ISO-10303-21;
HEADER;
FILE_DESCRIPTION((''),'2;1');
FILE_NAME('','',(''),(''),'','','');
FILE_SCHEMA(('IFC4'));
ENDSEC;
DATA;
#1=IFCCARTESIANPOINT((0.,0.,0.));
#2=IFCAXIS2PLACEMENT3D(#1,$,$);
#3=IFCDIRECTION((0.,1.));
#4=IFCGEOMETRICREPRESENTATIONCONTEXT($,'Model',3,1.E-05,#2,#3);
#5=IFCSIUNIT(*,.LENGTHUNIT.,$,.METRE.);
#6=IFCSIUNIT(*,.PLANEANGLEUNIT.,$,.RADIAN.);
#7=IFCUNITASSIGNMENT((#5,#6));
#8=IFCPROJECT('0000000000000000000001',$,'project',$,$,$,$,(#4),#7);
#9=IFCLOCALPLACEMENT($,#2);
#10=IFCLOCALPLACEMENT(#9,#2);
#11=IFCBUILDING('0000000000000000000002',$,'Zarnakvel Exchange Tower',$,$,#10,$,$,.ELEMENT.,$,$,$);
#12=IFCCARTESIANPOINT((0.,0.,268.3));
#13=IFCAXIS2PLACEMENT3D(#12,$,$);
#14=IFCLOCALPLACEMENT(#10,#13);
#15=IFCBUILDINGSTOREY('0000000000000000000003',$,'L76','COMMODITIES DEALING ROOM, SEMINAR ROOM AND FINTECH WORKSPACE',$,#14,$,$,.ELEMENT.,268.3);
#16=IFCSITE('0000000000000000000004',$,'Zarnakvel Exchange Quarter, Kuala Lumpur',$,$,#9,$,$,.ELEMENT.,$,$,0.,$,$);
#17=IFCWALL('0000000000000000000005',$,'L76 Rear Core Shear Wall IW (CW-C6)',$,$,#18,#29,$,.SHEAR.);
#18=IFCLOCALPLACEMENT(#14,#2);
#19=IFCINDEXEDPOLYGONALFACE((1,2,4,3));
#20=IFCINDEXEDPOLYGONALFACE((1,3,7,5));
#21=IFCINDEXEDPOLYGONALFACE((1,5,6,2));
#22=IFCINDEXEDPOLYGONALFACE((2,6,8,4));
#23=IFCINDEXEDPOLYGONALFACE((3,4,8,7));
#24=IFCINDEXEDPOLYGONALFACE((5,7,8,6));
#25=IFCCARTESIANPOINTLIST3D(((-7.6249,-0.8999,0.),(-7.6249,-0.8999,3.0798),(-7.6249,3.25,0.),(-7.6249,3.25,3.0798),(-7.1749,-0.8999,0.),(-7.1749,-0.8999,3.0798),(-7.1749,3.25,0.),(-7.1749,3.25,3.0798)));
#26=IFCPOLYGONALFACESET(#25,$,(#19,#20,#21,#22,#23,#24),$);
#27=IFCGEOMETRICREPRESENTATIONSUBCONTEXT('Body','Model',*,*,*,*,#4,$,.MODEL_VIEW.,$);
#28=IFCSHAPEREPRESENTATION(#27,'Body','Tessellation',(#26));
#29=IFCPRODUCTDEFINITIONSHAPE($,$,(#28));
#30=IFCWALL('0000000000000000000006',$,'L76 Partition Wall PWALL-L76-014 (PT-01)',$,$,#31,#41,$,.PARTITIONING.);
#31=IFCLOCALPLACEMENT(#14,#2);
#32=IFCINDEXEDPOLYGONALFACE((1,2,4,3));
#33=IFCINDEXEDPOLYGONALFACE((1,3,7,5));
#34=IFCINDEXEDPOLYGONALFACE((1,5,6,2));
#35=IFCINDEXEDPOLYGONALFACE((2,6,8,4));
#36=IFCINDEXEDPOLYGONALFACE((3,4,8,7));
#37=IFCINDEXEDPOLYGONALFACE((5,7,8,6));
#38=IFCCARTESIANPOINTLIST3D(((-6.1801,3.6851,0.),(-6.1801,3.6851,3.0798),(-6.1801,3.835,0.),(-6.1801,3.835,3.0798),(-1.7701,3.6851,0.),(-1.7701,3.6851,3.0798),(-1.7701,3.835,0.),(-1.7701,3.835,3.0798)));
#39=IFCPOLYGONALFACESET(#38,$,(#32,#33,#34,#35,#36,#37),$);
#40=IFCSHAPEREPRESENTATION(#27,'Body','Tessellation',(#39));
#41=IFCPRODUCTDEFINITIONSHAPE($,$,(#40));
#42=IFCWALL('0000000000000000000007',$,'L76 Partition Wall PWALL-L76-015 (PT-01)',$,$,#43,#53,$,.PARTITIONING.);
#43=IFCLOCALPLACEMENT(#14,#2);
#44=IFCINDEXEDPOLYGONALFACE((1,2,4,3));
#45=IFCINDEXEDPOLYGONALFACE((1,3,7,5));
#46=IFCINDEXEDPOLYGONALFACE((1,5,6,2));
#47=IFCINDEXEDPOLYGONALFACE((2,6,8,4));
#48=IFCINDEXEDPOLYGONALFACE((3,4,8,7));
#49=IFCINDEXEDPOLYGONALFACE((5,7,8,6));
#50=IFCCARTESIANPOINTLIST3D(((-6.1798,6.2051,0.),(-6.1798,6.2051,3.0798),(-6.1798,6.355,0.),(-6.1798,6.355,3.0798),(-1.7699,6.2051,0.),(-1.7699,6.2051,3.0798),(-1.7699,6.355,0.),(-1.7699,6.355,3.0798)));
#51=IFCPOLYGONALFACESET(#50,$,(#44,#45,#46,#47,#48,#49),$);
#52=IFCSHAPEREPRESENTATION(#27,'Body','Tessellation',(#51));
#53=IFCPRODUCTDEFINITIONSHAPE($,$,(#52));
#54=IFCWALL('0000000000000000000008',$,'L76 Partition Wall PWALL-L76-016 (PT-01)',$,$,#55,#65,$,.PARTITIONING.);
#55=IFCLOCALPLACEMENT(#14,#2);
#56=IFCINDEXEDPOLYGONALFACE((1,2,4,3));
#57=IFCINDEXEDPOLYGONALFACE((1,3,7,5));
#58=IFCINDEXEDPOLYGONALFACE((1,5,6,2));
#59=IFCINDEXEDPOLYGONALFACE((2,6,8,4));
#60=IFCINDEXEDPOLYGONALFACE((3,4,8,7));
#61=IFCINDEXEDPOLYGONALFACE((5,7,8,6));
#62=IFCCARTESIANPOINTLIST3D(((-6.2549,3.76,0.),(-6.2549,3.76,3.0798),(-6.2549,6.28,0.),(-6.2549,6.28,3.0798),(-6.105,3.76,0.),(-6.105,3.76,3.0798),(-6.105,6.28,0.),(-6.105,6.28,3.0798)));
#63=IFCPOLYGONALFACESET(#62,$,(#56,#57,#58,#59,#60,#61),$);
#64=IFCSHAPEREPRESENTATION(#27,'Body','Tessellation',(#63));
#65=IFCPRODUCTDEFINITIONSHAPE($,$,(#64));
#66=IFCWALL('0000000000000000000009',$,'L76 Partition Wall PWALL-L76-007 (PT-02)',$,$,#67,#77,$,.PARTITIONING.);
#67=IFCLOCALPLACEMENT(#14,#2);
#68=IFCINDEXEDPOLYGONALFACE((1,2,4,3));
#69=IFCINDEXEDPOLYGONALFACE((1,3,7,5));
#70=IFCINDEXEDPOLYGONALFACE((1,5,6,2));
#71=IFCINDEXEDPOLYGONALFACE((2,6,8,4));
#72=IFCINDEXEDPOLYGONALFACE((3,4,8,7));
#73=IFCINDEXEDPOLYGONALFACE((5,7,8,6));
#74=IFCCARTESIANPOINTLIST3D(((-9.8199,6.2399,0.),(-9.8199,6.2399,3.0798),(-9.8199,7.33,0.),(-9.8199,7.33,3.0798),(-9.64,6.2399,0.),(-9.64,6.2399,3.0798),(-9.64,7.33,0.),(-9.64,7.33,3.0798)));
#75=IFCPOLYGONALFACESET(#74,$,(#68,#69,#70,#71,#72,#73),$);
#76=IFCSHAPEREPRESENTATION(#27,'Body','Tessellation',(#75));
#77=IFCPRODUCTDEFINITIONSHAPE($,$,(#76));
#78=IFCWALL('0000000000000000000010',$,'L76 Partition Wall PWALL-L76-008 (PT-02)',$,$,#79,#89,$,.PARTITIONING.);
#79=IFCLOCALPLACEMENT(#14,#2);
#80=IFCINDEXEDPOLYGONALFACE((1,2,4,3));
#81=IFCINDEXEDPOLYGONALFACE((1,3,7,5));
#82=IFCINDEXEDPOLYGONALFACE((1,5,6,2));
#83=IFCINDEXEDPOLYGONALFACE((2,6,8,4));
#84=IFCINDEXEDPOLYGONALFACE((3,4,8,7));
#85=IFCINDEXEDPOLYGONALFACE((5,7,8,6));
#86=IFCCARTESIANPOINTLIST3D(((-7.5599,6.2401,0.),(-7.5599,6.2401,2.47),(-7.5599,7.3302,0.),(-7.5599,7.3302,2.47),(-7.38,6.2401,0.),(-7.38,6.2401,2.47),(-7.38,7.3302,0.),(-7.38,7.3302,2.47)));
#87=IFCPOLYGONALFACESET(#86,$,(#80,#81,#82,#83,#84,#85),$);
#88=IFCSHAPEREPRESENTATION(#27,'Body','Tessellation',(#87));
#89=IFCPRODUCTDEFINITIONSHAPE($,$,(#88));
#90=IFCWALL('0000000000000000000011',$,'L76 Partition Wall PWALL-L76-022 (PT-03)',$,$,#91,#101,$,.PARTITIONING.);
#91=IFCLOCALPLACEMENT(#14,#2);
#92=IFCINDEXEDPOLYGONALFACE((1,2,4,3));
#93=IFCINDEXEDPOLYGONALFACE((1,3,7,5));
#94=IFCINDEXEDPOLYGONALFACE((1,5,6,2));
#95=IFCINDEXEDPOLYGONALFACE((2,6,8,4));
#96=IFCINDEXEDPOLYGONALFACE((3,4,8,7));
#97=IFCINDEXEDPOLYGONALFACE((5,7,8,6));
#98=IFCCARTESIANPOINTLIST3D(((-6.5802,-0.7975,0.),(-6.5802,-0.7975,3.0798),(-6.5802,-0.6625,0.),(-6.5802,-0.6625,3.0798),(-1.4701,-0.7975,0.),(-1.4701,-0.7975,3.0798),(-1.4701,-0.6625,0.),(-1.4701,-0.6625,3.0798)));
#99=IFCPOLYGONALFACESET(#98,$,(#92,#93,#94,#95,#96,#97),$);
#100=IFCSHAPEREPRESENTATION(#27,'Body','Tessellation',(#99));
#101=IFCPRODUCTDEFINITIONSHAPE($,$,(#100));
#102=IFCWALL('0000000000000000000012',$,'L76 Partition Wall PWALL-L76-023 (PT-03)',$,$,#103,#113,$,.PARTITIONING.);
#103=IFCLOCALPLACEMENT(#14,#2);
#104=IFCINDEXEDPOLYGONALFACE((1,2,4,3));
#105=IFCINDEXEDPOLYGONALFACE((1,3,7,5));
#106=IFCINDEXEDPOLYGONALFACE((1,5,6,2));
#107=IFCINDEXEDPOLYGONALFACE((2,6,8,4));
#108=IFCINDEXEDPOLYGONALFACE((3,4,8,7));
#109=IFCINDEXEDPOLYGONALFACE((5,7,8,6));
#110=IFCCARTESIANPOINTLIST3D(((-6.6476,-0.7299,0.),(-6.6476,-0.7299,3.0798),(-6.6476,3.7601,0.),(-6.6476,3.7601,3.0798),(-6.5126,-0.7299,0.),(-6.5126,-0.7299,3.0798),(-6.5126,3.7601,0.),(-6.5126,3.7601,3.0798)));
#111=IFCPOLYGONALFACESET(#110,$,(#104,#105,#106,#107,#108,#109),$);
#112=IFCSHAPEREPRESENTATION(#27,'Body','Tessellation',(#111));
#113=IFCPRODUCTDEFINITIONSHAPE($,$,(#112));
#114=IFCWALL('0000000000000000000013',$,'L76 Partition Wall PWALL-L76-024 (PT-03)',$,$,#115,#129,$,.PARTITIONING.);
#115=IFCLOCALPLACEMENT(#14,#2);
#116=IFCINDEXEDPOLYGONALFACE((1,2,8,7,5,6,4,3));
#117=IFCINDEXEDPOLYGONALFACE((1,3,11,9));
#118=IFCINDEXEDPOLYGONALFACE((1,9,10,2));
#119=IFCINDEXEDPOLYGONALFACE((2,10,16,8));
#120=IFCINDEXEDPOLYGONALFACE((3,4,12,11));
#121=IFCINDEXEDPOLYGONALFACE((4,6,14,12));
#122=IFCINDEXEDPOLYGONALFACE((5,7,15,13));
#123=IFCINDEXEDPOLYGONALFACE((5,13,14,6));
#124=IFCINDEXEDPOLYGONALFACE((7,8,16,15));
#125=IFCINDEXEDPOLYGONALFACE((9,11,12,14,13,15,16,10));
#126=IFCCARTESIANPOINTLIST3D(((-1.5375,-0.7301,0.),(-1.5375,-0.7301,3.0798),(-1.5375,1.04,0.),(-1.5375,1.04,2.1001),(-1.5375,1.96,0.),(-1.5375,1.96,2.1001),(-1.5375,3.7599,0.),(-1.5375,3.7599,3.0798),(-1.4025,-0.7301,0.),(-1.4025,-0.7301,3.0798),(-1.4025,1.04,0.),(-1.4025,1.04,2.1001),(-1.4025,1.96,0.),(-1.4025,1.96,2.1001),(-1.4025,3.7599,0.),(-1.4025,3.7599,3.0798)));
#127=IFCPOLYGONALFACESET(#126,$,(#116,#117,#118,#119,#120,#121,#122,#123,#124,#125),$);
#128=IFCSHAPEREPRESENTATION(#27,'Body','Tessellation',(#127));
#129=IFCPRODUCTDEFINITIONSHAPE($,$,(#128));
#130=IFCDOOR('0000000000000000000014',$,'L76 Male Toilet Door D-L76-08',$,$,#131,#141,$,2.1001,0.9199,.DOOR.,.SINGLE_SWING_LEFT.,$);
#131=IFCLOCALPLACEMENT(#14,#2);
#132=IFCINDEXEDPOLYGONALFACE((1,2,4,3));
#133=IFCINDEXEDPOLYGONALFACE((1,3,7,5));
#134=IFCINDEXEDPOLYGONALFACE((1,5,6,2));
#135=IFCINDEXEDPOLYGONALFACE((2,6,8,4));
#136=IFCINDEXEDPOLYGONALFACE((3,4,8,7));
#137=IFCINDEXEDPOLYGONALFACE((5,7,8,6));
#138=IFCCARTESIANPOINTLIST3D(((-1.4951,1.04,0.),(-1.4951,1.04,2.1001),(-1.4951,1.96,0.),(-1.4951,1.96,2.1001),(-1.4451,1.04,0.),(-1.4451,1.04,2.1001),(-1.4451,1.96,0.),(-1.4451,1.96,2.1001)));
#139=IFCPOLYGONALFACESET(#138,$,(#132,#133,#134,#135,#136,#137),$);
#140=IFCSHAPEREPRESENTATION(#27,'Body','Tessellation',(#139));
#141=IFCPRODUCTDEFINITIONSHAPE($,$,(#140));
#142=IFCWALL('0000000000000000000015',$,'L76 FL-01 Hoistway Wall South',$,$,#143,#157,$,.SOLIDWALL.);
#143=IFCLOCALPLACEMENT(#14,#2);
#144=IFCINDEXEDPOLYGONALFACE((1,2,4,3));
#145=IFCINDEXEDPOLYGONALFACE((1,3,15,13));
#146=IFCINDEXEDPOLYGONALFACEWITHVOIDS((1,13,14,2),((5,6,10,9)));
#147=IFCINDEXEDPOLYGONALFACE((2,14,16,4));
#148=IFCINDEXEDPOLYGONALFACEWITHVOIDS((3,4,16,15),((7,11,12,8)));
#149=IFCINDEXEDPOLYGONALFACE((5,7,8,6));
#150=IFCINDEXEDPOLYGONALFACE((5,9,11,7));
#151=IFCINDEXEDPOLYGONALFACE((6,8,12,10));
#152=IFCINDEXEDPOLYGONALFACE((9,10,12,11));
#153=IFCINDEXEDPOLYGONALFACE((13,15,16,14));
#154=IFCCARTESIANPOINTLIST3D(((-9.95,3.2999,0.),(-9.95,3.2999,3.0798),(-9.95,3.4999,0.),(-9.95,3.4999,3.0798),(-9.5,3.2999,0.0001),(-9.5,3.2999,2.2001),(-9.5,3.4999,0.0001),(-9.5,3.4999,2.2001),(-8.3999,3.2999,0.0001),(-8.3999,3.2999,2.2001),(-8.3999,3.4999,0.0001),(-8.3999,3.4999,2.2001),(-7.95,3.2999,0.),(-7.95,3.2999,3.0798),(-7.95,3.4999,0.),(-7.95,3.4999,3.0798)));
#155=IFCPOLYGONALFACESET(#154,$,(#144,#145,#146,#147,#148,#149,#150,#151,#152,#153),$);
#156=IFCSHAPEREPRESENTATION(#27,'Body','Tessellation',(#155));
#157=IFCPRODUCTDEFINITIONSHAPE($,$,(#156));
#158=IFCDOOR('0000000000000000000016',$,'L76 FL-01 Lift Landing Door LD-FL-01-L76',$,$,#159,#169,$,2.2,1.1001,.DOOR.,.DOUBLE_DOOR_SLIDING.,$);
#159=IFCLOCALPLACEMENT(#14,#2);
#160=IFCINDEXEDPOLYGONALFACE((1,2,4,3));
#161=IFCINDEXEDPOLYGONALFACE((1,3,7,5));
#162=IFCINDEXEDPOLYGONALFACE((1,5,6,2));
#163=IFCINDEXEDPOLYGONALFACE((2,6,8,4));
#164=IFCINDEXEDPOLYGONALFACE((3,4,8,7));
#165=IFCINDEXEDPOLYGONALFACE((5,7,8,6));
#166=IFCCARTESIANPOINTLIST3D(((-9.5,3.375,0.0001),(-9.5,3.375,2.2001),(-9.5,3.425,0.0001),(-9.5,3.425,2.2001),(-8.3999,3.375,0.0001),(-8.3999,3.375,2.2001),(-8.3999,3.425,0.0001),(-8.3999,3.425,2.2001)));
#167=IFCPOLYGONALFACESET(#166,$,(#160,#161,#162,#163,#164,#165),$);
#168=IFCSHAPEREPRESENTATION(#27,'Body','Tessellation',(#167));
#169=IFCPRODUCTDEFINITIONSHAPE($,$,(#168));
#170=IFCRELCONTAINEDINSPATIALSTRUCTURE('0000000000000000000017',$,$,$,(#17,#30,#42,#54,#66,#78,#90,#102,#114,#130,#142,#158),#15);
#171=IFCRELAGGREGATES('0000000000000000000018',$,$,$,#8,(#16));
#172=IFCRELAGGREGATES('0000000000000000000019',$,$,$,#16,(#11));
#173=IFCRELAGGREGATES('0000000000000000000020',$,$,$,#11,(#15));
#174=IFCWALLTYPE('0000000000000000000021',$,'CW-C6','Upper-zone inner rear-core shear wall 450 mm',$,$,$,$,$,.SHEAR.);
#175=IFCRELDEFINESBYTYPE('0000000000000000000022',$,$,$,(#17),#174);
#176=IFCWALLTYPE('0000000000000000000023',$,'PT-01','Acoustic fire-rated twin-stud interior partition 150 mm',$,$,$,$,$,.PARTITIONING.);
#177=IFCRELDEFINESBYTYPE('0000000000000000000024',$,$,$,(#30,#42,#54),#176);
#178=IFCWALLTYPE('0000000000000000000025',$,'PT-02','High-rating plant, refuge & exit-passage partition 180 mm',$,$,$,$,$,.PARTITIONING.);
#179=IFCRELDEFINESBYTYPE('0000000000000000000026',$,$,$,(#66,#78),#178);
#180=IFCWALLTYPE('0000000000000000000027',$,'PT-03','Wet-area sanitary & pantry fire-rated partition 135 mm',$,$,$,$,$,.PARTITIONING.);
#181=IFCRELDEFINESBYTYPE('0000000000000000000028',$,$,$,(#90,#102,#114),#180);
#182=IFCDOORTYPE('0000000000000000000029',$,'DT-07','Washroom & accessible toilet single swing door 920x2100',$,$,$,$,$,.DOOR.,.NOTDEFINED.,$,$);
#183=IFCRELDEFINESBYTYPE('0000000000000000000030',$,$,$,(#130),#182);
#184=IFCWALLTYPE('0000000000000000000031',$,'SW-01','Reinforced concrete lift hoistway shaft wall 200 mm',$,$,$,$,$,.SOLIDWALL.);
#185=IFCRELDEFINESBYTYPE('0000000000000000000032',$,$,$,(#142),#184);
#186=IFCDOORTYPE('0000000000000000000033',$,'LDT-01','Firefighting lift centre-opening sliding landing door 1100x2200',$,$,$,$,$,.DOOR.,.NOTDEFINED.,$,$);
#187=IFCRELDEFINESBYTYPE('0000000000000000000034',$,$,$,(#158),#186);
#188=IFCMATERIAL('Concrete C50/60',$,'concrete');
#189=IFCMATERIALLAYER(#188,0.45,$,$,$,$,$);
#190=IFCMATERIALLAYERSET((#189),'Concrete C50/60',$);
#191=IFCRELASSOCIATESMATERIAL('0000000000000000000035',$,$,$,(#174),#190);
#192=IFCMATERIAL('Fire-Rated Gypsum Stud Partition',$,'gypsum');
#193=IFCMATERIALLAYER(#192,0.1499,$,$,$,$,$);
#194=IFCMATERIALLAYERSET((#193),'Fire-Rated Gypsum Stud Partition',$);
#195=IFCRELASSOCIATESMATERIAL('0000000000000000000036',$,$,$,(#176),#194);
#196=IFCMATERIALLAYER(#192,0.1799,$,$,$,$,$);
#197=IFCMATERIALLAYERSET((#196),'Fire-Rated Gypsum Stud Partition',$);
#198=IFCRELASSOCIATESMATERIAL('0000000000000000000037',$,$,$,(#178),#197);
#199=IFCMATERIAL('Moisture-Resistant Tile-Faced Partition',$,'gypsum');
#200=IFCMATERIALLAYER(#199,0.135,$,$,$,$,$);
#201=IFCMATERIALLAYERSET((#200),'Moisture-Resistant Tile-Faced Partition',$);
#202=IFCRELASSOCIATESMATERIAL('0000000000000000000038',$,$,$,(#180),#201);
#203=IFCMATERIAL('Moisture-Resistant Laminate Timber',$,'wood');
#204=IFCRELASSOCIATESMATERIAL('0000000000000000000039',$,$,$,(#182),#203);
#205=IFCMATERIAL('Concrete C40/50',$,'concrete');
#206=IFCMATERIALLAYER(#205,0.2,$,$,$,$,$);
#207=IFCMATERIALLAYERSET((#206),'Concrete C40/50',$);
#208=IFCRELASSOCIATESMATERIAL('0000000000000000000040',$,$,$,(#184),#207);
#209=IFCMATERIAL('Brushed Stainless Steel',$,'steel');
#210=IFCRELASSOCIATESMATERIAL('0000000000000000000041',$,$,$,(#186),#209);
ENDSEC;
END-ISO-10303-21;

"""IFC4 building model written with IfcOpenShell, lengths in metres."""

from ifc_helpers import new_model, si_unit, direction, frame, frame_2d, origin, place, context, subcontext, project, spatial, rectangle, extrude, source, transform, mapped, material, layer, layer_set, type_object, element, fill, save


model = new_model("IFC4")

# Units and contexts
model_context = context("Model", 3, precision=1e-05, world=origin(), true_north=direction((0.0, 1.0)))
body_context = subcontext(model_context, "Body", "Model", "MODEL_VIEW")
ifc_project = project(units=[si_unit("LENGTHUNIT", "METRE"), si_unit("PLANEANGLEUNIT", "RADIAN")], contexts=[model_context])

# Site, building, storey
site_placement = place(None, origin())
site = spatial("IfcSite", under=ifc_project, at=site_placement, Name="Zarnakvel Exchange Quarter, Kuala Lumpur", CompositionType="ELEMENT", RefElevation=0.0)
building_placement = place(site_placement, origin())
building = spatial("IfcBuilding", under=site, at=building_placement, Name="Zarnakvel Exchange Tower", CompositionType="ELEMENT")
storey_placement = place(building_placement, frame((0.0, 0.0, 268.3)))
storey = spatial("IfcBuildingStorey", under=building, at=storey_placement, Name="L76", Description="COMMODITIES DEALING ROOM, SEMINAR ROOM AND FINTECH WORKSPACE", CompositionType="ELEMENT", Elevation=268.3)

# Shared definitions
ifc_material_1 = material(Name="Concrete C50/60", Category="concrete")

# Shared definitions
ifc_material_2 = material(Name="Concrete C40/50", Category="concrete")

# Walls
ifc_layer_1 = layer(ifc_material_1, 0.45)
ifc_layer_set_1 = layer_set([ifc_layer_1], Name="Concrete C50/60")
wall_type_1 = type_object("IfcWallType", Name="CW-C6", Description="Upper-zone inner rear-core shear wall 450 mm", PredefinedType="SHEAR", material=ifc_layer_set_1)
wall_1_placement = place(storey_placement, frame((-7.3999, -0.8999, 0.0), z_axis=(0.0, 0.0, 1.0), x_axis=(0.0, 1.0, 0.0)))
element("IfcWall", 1, at=wall_1_placement, inside=storey, type_object=wall_type_1, Name="L76 Rear Core Shear Wall IW (CW-C6)", PredefinedType="SHEAR", context=body_context, shape_type="SweptSolid", body=[
    extrude(rectangle(XDim=4.1499, YDim=0.45, at=frame_2d((2.075, 0.0))), origin(), (0.0, 0.0, 1.0), 3.0798),
])
ifc_material_3 = material(Name="Fire-Rated Gypsum Stud Partition", Category="gypsum")
ifc_layer_2 = layer(ifc_material_3, 0.1499)
ifc_layer_set_2 = layer_set([ifc_layer_2], Name="Fire-Rated Gypsum Stud Partition")
wall_type_2 = type_object("IfcWallType", Name="PT-01", Description="Acoustic fire-rated twin-stud interior partition 150 mm", PredefinedType="PARTITIONING", material=ifc_layer_set_2)
for number, where, z_axis, x_axis, name in (
    (2, (-1.77, 3.76, 0.0), (0.0, 0.0, 1.0), (-1.0, 0.0, 0.0), "L76 Partition Wall PWALL-L76-014 (PT-01)"),
    (3, (-6.1799, 6.28, 0.0), (0.0, 0.0, 1.0), (1.0, 0.0, 0.0), "L76 Partition Wall PWALL-L76-015 (PT-01)"),
):
    element("IfcWall", number, at=place(storey_placement, frame(where, z_axis=z_axis, x_axis=x_axis)), inside=storey, type_object=wall_type_2, Name=name, PredefinedType="PARTITIONING", context=body_context, shape_type="SweptSolid", body=[
        extrude(rectangle(XDim=4.4099, YDim=0.1499, at=frame_2d((2.2051, 0.0))), origin(), (0.0, 0.0, 1.0), 3.0798),
    ])
wall_2_placement = place(storey_placement, frame((-6.1799, 3.76, 0.0), z_axis=(0.0, 0.0, 1.0), x_axis=(0.0, 1.0, 0.0)))
element("IfcWall", 4, at=wall_2_placement, inside=storey, type_object=wall_type_2, Name="L76 Partition Wall PWALL-L76-016 (PT-01)", PredefinedType="PARTITIONING", context=body_context, shape_type="SweptSolid", body=[
    extrude(rectangle(XDim=2.52, YDim=0.1499, at=frame_2d((1.26, 0.0))), origin(), (0.0, 0.0, 1.0), 3.0798),
])

# Walls
ifc_layer_3 = layer(ifc_material_3, 0.1799)
ifc_layer_set_3 = layer_set([ifc_layer_3], Name="Fire-Rated Gypsum Stud Partition")
wall_type_3 = type_object("IfcWallType", Name="PT-02", Description="High-rating plant, refuge & exit-passage partition 180 mm", PredefinedType="PARTITIONING", material=ifc_layer_set_3)
wall_3_placement = place(storey_placement, frame((-9.73, 6.24, 0.0), z_axis=(0.0, 0.0, 1.0), x_axis=(0.0, 1.0, 0.0)))
element("IfcWall", 5, at=wall_3_placement, inside=storey, type_object=wall_type_3, Name="L76 Partition Wall PWALL-L76-007 (PT-02)", PredefinedType="PARTITIONING", context=body_context, shape_type="SweptSolid", body=[
    extrude(rectangle(XDim=1.0901, YDim=0.1799, at=frame_2d((0.5449, 0.0))), origin(), (0.0, 0.0, 1.0), 3.0798),
])
wall_4_placement = place(storey_placement, frame((-7.47, 7.3301, 0.0), z_axis=(0.0, 0.0, 1.0), x_axis=(0.0, -1.0, 0.0)))
element("IfcWall", 6, at=wall_4_placement, inside=storey, type_object=wall_type_3, Name="L76 Partition Wall PWALL-L76-008 (PT-02)", PredefinedType="PARTITIONING", context=body_context, shape_type="SweptSolid", body=[
    extrude(rectangle(XDim=1.0901, YDim=0.1799, at=frame_2d((0.5449, 0.0))), origin(), (0.0, 0.0, 1.0), 2.47),
])
ifc_material_4 = material(Name="Moisture-Resistant Tile-Faced Partition", Category="gypsum")
ifc_layer_4 = layer(ifc_material_4, 0.135)
ifc_layer_set_4 = layer_set([ifc_layer_4], Name="Moisture-Resistant Tile-Faced Partition")
wall_type_4 = type_object("IfcWallType", Name="PT-03", Description="Wet-area sanitary & pantry fire-rated partition 135 mm", PredefinedType="PARTITIONING", material=ifc_layer_set_4)
wall_5_placement = place(storey_placement, frame((-1.47, -0.73, 0.0), z_axis=(0.0, 0.0, 1.0), x_axis=(-1.0, 0.0, 0.0)))
element("IfcWall", 7, at=wall_5_placement, inside=storey, type_object=wall_type_4, Name="L76 Partition Wall PWALL-L76-022 (PT-03)", PredefinedType="PARTITIONING", context=body_context, shape_type="SweptSolid", body=[
    extrude(rectangle(XDim=5.1101, YDim=0.135, at=frame_2d((2.5552, 0.0))), origin(), (0.0, 0.0, 1.0), 3.0798),
])
wall_6_placement = place(storey_placement, frame((-6.5801, -0.73, 0.0), z_axis=(0.0, 0.0, 1.0), x_axis=(0.0, 1.0, 0.0)))
element("IfcWall", 8, at=wall_6_placement, inside=storey, type_object=wall_type_4, Name="L76 Partition Wall PWALL-L76-023 (PT-03)", PredefinedType="PARTITIONING", context=body_context, shape_type="SweptSolid", body=[
    extrude(rectangle(XDim=4.49, YDim=0.135, at=frame_2d((2.2451, 0.0))), origin(), (0.0, 0.0, 1.0), 3.0798),
])

# Walls, openings, doors
wall_7_placement = place(storey_placement, frame((-1.47, 3.76, 0.0), z_axis=(0.0, 0.0, 1.0), x_axis=(0.0, -1.0, 0.0)))
wall_7 = element("IfcWall", 9, at=wall_7_placement, inside=storey, type_object=wall_type_4, Name="L76 Partition Wall PWALL-L76-024 (PT-03)", PredefinedType="PARTITIONING", context=body_context, shape_type="SweptSolid", body=[
    extrude(rectangle(XDim=4.49, YDim=0.135, at=frame_2d((2.2451, 0.0))), origin(), (0.0, 0.0, 1.0), 3.0798),
])
opening_1_placement = place(wall_7_placement, frame((1.8, 0.0, 0.0)))
opening_1 = element("IfcOpeningElement", 10, at=opening_1_placement, cuts=wall_7, PredefinedType="OPENING", context=body_context, shape_type="SweptSolid", body=[
    extrude(rectangle(XDim=0.9199, YDim=2.1001, at=frame_2d((0.46, 1.05))), frame((0.0, 0.0774, 0.0), z_axis=(0.0, -1.0, 0.0), x_axis=(1.0, 0.0, 0.0)), (0.0, 0.0, 1.0), 0.155),
])
ifc_material_5 = material(Name="Moisture-Resistant Laminate Timber", Category="wood")
door_type_1 = type_object("IfcDoorType", Name="DT-07", Description="Washroom & accessible toilet single swing door 920x2100", OperationType="NOTDEFINED", PredefinedType="DOOR", material=ifc_material_5)
shared_shape_1 = source(origin(), body_context, "Body", "SweptSolid", [
    extrude(rectangle(XDim=0.9199, YDim=2.1001, at=frame_2d((0.46, 1.05))), frame((0.0, 0.0249, 0.0), z_axis=(0.0, -1.0, 0.0), x_axis=(1.0, 0.0, 0.0)), (0.0, 0.0, 1.0), 0.05),
])
door_1_placement = place(opening_1_placement, origin())
door_1 = element("IfcDoor", 11, at=door_1_placement, inside=storey, type_object=door_type_1, Name="L76 Male Toilet Door D-L76-08", OperationType="SINGLE_SWING_LEFT", OverallHeight=2.1001, OverallWidth=0.9199, PredefinedType="DOOR", context=body_context, shape_type="MappedRepresentation", body=[
    mapped(shared_shape_1, transform((0.0, 0.0, 0.0), x_axis=(1.0, 0.0, 0.0), y_axis=(0.0, 1.0, 0.0), z_axis=(0.0, 0.0, 1.0), scale=1.0)),
])
fill(opening_1, door_1)
ifc_layer_5 = layer(ifc_material_2, 0.2)
ifc_layer_set_5 = layer_set([ifc_layer_5], Name="Concrete C40/50")
wall_type_5 = type_object("IfcWallType", Name="SW-01", Description="Reinforced concrete lift hoistway shaft wall 200 mm", PredefinedType="SOLIDWALL", material=ifc_layer_set_5)
wall_8_placement = place(storey_placement, frame((-7.95, 3.3999, 0.0), z_axis=(0.0, 0.0, 1.0), x_axis=(-1.0, 0.0, 0.0)))
wall_8 = element("IfcWall", 12, at=wall_8_placement, inside=storey, type_object=wall_type_5, Name="L76 FL-01 Hoistway Wall South", PredefinedType="SOLIDWALL", context=body_context, shape_type="SweptSolid", body=[
    extrude(rectangle(XDim=2.0, YDim=0.2, at=frame_2d((1.0, 0.0))), origin(), (0.0, 0.0, 1.0), 3.0798),
])
opening_2_placement = place(wall_8_placement, frame((0.45, 0.0, 0.0)))
opening_2 = element("IfcOpeningElement", 13, at=opening_2_placement, cuts=wall_8, PredefinedType="OPENING", context=body_context, shape_type="SweptSolid", body=[
    extrude(rectangle(XDim=1.1001, YDim=2.2, at=frame_2d((0.55, 1.1001))), frame((0.0, 0.1099, 0.0), z_axis=(0.0, -1.0, 0.0), x_axis=(1.0, 0.0, 0.0)), (0.0, 0.0, 1.0), 0.22),
])
ifc_material_6 = material(Name="Brushed Stainless Steel", Category="steel")
door_type_2 = type_object("IfcDoorType", Name="LDT-01", Description="Firefighting lift centre-opening sliding landing door 1100x2200", OperationType="NOTDEFINED", PredefinedType="DOOR", material=ifc_material_6)
shared_shape_2 = source(origin(), body_context, "Body", "SweptSolid", [
    extrude(rectangle(XDim=1.1001, YDim=2.2, at=frame_2d((0.55, 1.1001))), frame((0.0, 0.0249, 0.0), z_axis=(0.0, -1.0, 0.0), x_axis=(1.0, 0.0, 0.0)), (0.0, 0.0, 1.0), 0.05),
])
door_2_placement = place(opening_2_placement, origin())
door_2 = element("IfcDoor", 14, at=door_2_placement, inside=storey, type_object=door_type_2, Name="L76 FL-01 Lift Landing Door LD-FL-01-L76", OperationType="DOUBLE_DOOR_SLIDING", OverallHeight=2.2, OverallWidth=1.1001, PredefinedType="DOOR", context=body_context, shape_type="MappedRepresentation", body=[
    mapped(shared_shape_2, transform((0.0, 0.0, 0.0), x_axis=(1.0, 0.0, 0.0), y_axis=(0.0, 1.0, 0.0), z_axis=(0.0, 0.0, 1.0), scale=1.0)),
])
fill(opening_2, door_2)

save(model, "model.ifc")
